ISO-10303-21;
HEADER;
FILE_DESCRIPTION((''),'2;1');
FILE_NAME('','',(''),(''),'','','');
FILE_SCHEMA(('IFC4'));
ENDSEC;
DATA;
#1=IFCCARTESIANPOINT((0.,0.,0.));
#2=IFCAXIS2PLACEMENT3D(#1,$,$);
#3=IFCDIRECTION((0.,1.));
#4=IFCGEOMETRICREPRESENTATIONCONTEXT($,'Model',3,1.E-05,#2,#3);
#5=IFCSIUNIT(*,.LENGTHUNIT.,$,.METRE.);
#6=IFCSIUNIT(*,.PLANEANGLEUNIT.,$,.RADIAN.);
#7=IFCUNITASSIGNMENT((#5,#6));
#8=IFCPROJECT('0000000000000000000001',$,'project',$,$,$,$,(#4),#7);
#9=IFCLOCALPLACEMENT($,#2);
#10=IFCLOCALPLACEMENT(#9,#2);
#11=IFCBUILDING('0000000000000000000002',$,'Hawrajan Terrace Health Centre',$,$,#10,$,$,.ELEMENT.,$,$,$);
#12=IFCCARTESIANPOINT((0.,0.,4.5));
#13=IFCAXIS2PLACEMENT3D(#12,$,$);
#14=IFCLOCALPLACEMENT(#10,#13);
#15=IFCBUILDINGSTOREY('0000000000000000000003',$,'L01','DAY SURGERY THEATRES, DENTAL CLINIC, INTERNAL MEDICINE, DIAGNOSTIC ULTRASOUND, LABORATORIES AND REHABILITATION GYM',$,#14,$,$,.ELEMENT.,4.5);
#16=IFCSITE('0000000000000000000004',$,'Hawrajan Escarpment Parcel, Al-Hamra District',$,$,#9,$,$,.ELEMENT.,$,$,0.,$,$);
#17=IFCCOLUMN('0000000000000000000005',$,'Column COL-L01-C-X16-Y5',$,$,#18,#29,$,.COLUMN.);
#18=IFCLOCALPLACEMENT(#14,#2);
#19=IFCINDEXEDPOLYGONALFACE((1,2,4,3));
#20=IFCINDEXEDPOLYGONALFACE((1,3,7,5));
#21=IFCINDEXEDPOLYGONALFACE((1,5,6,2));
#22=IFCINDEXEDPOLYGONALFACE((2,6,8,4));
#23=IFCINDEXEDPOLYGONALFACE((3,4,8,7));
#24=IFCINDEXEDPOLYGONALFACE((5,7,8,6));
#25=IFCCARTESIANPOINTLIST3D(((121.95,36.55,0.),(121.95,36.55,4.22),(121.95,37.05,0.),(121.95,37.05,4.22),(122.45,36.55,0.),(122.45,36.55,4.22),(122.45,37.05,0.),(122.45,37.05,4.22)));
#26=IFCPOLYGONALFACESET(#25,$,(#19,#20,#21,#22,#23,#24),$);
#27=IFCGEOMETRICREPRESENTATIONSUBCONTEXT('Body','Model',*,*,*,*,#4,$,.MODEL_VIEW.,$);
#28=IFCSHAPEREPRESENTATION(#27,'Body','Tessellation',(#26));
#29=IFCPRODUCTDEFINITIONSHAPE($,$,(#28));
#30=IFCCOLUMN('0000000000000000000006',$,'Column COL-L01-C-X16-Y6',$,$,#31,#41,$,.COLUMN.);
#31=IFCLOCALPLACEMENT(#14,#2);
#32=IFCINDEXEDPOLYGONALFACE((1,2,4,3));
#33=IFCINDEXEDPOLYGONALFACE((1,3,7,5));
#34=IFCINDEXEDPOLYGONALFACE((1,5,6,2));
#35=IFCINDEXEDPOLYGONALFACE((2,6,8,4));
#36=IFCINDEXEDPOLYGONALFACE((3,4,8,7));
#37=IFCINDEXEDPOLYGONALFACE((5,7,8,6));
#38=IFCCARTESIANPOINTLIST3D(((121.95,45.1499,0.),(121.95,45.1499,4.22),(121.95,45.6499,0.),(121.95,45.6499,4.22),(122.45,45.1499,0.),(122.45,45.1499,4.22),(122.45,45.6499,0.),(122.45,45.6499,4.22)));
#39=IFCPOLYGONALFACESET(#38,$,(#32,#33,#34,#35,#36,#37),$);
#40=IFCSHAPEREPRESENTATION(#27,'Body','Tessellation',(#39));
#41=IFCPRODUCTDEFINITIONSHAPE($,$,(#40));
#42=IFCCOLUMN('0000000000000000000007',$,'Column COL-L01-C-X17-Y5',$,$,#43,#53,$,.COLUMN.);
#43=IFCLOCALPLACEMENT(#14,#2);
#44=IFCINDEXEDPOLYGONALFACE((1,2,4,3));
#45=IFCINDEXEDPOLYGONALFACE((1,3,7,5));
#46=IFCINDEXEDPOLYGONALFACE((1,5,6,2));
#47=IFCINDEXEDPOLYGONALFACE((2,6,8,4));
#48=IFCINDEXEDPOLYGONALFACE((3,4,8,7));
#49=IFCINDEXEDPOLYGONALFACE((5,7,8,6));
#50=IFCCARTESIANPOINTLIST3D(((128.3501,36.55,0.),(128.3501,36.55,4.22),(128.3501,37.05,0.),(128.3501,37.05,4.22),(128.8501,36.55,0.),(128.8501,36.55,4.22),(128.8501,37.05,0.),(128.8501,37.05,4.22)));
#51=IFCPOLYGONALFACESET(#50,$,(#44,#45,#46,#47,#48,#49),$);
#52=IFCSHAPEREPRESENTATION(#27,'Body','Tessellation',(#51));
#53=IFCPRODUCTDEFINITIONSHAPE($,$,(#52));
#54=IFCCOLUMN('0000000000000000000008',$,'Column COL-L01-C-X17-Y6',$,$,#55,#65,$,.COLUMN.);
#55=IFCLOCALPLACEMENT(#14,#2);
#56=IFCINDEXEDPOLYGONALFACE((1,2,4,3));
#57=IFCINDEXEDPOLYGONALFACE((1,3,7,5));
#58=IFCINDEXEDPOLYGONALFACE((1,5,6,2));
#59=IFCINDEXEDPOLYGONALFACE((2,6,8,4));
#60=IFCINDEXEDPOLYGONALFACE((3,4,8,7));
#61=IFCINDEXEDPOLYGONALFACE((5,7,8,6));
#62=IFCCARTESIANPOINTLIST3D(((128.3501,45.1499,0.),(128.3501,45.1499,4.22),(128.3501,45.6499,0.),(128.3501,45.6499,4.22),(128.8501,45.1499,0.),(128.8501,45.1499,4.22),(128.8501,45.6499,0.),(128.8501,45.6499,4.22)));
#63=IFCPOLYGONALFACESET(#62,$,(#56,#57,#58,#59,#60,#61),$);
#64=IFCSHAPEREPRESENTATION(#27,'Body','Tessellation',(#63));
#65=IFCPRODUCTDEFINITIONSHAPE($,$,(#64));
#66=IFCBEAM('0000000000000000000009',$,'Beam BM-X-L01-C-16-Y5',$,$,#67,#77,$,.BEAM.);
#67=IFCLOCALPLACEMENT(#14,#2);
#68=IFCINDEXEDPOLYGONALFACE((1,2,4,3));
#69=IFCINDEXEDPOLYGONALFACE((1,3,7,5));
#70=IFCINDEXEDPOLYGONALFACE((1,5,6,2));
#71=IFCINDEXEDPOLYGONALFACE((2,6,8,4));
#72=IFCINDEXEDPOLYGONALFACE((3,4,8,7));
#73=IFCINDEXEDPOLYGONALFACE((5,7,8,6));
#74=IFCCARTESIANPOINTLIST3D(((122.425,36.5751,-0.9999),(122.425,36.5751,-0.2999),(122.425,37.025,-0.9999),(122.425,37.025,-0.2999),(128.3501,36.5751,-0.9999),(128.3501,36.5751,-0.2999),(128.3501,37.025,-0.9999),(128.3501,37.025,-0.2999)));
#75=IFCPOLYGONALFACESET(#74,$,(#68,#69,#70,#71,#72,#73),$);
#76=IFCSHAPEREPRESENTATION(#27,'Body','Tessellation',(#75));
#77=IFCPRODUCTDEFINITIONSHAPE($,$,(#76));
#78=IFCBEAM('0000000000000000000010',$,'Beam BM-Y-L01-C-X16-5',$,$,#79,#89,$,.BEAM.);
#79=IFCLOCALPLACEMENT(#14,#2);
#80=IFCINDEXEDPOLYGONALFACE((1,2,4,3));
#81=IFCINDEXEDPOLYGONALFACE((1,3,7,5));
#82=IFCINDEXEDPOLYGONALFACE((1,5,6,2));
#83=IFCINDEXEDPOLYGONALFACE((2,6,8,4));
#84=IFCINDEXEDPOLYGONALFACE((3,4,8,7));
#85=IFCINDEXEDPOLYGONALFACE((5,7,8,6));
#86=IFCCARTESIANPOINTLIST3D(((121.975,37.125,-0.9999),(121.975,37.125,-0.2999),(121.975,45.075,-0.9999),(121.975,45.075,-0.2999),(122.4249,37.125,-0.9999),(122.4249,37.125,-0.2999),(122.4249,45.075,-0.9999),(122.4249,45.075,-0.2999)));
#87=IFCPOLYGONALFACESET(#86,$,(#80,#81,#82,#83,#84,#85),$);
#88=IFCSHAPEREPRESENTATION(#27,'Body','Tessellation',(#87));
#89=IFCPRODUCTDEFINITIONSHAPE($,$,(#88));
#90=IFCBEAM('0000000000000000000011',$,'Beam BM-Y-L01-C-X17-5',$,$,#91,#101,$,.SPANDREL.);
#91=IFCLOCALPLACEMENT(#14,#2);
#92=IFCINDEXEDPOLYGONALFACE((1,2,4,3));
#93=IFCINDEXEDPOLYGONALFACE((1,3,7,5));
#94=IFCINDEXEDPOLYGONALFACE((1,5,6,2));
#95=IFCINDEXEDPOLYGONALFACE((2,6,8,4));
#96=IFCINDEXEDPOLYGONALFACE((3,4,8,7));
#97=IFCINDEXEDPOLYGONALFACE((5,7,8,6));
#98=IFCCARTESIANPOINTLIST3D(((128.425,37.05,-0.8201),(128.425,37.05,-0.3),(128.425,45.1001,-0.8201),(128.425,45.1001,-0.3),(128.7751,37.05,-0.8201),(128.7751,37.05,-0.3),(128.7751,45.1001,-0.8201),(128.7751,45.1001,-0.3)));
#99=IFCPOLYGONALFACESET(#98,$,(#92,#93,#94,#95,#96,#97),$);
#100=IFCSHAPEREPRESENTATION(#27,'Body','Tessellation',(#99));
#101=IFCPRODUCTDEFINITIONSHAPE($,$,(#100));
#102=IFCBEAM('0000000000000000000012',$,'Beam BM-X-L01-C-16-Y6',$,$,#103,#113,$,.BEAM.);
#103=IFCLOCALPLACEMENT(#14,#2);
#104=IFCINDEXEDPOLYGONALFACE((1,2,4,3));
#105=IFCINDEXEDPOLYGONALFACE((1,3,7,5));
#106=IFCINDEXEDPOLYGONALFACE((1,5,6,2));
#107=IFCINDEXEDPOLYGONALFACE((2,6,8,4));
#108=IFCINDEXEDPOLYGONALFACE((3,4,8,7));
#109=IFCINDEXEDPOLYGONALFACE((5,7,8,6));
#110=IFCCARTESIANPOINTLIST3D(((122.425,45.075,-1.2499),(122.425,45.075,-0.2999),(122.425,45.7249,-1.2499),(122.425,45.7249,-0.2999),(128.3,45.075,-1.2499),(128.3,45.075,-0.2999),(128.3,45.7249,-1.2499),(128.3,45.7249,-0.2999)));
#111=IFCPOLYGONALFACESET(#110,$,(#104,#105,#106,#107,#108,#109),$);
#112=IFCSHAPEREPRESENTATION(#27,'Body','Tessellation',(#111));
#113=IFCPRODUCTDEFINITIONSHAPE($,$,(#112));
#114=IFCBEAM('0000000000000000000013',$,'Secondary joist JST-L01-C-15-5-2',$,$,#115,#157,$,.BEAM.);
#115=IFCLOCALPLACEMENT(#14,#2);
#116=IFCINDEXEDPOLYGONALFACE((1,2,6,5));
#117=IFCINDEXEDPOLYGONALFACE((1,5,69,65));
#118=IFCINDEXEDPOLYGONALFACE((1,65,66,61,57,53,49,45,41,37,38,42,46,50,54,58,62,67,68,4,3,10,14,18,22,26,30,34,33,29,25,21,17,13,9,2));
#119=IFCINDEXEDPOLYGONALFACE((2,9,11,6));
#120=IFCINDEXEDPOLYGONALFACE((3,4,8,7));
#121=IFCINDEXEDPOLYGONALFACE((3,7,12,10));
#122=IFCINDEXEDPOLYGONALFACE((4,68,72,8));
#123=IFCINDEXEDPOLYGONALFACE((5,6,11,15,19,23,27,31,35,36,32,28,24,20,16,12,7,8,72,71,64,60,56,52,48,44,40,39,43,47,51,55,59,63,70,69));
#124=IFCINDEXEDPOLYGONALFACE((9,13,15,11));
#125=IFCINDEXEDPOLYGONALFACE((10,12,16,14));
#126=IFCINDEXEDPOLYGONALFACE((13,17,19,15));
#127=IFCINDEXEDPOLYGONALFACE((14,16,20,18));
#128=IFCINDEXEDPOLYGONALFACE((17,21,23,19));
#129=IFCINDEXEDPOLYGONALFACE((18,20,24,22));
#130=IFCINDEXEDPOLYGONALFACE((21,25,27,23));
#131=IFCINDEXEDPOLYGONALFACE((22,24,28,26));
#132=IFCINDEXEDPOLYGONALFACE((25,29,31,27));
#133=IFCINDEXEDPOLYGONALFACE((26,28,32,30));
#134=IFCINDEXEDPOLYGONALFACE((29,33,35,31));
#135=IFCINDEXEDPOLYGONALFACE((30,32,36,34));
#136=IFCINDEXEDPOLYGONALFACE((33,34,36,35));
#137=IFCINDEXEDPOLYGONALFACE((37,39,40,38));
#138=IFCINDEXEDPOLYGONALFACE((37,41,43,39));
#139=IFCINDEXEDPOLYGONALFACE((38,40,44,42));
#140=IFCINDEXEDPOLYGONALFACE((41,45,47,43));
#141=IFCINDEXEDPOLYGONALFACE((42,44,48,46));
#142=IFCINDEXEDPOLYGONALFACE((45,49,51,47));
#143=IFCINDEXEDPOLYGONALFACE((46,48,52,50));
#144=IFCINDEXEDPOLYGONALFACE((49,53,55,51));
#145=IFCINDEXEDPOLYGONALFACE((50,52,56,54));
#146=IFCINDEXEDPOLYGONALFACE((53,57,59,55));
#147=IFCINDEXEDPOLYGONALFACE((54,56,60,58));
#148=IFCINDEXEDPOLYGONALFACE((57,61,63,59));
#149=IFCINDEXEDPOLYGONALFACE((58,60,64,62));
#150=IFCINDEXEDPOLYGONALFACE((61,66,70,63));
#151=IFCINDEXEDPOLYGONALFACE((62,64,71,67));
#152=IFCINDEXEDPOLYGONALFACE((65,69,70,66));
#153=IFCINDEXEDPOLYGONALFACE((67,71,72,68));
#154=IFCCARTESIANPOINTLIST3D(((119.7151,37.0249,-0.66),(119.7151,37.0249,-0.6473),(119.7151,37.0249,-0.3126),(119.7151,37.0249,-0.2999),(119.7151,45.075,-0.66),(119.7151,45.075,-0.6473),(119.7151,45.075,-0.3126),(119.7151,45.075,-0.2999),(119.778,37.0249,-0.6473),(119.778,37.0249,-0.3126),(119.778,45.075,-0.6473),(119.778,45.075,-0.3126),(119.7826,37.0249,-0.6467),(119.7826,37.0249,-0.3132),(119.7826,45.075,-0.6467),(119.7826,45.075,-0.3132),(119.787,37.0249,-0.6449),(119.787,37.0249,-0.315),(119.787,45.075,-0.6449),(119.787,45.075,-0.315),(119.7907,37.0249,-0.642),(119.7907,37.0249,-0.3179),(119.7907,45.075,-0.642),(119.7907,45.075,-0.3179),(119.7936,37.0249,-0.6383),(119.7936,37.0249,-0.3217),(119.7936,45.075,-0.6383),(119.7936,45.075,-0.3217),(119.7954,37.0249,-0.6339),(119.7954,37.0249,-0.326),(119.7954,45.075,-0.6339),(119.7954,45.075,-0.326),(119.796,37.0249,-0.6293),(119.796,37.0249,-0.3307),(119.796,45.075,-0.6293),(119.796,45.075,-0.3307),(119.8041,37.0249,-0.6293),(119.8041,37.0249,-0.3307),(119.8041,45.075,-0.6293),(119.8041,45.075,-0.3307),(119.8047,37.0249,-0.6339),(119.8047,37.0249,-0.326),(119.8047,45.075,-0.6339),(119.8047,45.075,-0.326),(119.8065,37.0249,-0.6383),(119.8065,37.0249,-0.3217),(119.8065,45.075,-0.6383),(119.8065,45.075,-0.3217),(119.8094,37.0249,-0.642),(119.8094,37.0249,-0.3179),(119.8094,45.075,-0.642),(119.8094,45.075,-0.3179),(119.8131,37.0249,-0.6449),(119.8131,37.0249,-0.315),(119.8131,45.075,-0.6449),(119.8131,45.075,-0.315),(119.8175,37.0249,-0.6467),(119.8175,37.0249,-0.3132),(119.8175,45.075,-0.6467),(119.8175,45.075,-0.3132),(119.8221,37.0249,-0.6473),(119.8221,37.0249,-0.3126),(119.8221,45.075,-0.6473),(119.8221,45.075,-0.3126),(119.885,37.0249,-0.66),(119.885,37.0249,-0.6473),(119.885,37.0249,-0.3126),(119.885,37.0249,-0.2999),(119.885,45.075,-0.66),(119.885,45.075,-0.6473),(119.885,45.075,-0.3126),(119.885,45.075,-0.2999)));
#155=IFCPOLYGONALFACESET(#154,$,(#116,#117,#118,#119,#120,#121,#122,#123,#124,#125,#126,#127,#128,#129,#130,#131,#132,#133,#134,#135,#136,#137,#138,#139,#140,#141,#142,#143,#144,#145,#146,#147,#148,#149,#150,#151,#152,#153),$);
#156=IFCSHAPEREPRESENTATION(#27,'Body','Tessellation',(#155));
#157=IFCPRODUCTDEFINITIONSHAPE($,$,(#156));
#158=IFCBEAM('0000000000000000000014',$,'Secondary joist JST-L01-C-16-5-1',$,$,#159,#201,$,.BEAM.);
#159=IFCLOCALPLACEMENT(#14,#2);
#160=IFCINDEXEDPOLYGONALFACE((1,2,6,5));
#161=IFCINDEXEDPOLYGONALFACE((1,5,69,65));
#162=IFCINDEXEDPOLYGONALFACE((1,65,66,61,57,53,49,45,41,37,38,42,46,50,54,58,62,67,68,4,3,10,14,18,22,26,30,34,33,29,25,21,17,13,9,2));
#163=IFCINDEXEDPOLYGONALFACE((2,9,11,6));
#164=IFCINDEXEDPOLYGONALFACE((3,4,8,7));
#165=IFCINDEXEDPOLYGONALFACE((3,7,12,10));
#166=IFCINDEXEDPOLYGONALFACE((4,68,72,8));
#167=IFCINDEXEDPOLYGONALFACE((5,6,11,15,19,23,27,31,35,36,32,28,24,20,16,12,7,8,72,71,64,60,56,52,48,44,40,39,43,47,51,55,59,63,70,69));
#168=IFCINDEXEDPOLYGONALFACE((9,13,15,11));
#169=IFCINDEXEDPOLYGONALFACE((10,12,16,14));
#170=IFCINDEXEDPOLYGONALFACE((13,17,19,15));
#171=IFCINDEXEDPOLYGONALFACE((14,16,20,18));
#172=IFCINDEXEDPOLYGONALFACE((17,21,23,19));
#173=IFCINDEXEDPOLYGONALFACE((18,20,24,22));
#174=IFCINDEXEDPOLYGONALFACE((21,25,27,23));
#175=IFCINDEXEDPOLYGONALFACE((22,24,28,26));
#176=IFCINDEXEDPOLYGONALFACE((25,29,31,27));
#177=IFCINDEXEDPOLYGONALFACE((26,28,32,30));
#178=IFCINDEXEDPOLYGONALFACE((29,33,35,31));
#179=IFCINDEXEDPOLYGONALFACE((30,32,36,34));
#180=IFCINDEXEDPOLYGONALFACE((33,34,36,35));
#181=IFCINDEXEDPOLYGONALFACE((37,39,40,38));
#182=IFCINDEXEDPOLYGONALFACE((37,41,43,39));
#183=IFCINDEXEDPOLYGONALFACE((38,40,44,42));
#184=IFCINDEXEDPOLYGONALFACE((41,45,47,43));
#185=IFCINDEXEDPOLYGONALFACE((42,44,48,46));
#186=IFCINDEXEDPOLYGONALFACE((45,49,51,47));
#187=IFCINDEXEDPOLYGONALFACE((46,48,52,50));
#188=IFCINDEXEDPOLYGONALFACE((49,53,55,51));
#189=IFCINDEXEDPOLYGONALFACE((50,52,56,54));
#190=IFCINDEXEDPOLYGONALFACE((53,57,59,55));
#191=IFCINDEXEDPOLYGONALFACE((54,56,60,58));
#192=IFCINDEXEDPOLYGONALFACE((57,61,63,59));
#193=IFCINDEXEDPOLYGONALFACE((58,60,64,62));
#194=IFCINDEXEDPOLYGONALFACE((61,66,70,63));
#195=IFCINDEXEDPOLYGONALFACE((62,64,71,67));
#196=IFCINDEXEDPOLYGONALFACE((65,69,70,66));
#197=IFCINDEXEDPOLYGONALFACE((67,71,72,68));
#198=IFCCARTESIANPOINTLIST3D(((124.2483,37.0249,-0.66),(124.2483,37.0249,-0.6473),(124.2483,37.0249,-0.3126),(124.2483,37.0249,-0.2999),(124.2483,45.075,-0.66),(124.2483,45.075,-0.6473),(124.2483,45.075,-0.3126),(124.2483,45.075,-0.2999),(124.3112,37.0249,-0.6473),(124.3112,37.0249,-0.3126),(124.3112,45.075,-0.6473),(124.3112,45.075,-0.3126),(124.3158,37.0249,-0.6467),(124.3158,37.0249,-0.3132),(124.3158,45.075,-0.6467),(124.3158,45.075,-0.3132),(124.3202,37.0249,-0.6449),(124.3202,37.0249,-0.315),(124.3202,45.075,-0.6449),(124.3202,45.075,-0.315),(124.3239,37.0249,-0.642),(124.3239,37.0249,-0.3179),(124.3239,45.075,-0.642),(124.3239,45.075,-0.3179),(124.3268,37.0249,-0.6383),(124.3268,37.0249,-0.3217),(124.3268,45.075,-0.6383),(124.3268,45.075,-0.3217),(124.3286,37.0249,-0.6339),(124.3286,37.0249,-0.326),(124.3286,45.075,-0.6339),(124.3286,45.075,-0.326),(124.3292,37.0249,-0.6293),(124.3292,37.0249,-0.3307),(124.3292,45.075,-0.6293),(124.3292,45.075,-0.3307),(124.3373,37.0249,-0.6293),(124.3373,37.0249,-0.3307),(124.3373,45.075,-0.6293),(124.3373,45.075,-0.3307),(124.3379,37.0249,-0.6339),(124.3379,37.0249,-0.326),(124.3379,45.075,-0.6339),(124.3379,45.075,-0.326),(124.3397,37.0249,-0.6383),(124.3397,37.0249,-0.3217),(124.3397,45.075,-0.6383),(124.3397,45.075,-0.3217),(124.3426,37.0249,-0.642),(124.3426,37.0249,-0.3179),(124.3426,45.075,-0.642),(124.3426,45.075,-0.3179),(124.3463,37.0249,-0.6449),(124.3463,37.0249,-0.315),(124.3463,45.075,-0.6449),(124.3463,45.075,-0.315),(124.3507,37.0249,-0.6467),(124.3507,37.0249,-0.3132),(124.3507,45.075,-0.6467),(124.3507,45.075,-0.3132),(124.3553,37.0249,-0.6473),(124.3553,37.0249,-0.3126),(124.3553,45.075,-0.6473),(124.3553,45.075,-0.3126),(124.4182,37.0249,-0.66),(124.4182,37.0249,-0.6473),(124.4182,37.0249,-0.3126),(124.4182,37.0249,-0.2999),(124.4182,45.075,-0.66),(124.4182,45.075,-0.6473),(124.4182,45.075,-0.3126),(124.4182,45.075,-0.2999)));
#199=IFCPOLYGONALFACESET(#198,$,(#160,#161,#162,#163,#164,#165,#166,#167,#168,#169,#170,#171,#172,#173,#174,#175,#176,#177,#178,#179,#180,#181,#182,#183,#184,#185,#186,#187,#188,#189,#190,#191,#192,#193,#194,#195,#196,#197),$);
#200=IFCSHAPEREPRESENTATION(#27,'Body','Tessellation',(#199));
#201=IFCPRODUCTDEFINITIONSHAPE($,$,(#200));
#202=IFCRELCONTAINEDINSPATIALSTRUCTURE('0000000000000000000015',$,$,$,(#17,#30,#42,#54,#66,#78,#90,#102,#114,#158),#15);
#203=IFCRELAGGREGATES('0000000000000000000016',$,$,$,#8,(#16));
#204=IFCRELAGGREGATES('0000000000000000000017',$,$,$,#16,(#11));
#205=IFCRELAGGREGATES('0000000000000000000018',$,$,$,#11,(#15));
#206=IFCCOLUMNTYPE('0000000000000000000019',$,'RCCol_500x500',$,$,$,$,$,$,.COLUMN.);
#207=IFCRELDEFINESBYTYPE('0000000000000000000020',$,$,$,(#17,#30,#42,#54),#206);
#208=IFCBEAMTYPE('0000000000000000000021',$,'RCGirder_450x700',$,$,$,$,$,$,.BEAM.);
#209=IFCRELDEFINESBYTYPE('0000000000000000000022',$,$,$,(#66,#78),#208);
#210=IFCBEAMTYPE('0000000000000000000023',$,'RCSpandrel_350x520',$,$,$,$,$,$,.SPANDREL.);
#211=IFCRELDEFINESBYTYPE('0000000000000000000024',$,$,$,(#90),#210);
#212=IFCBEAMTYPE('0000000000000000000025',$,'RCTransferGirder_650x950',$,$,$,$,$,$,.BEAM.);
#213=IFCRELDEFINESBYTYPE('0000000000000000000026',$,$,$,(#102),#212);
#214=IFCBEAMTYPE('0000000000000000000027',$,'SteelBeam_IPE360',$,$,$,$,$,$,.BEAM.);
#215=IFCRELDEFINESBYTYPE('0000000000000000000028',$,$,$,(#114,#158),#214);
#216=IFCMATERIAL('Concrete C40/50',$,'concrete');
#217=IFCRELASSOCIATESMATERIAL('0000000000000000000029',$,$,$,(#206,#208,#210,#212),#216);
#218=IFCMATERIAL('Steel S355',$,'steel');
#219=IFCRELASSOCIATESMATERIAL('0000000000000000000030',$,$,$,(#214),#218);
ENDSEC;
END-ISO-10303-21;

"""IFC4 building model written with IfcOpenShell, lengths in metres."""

from ifc_helpers import new_model, si_unit, direction, frame, origin, origin_2d, place, context, subcontext, project, spatial, rectangle, i_section, extrude, material, material_profile, profile_set, type_object, element, save


model = new_model("IFC4")

# Units and contexts
model_context = context("Model", 3, precision=1e-05, world=origin(), true_north=direction((0.0, 1.0)))
body_context = subcontext(model_context, "Body", "Model", "MODEL_VIEW")
ifc_project = project(units=[si_unit("LENGTHUNIT", "METRE"), si_unit("PLANEANGLEUNIT", "RADIAN")], contexts=[model_context])

# Site, building, storey
site_placement = place(None, origin())
site = spatial("IfcSite", under=ifc_project, at=site_placement, Name="Hawrajan Escarpment Parcel, Al-Hamra District", CompositionType="ELEMENT", RefElevation=0.0)
building_placement = place(site_placement, origin())
building = spatial("IfcBuilding", under=site, at=building_placement, Name="Hawrajan Terrace Health Centre", CompositionType="ELEMENT")
storey_placement = place(building_placement, frame((0.0, 0.0, 4.5)))
storey = spatial("IfcBuildingStorey", under=building, at=storey_placement, Name="L01", Description="DAY SURGERY THEATRES, DENTAL CLINIC, INTERNAL MEDICINE, DIAGNOSTIC ULTRASOUND, LABORATORIES AND REHABILITATION GYM", CompositionType="ELEMENT", Elevation=4.5)

# Columns
ifc_material_1 = material(Name="Concrete C40/50", Category="concrete")
ifc_material_profile_1 = material_profile(ifc_material_1, rectangle(XDim=0.5, YDim=0.5, at=origin_2d()), Name="RC 500x500")
ifc_profile_set_1 = profile_set([ifc_material_profile_1], Name="Concrete C40/50")
column_type = type_object("IfcColumnType", Name="RCCol_500x500", PredefinedType="COLUMN", material=ifc_profile_set_1)
for number, where, z_axis, x_axis, name in (
    (1, (122.2, 36.8, 0.0), (0.0, 0.0, 1.0), (1.0, 0.0, 0.0), "Column COL-L01-C-X16-Y5"),
    (2, (122.2, 45.3999, 0.0), (0.0, 0.0, 1.0), (1.0, 0.0, 0.0), "Column COL-L01-C-X16-Y6"),
    (3, (128.6001, 36.8, 0.0), (0.0, 0.0, 1.0), (1.0, 0.0, 0.0), "Column COL-L01-C-X17-Y5"),
    (4, (128.6001, 45.3999, 0.0), (0.0, 0.0, 1.0), (1.0, 0.0, 0.0), "Column COL-L01-C-X17-Y6"),
):
    element("IfcColumn", number, at=place(storey_placement, frame(where, z_axis=z_axis, x_axis=x_axis)), inside=storey, type_object=column_type, Name=name, PredefinedType="COLUMN", context=body_context, shape_type="SweptSolid", body=[
        extrude(rectangle(XDim=0.5, YDim=0.5, at=origin_2d()), origin(), (0.0, 0.0, 1.0), 4.22),
    ])

# Beams
ifc_material_profile_2 = material_profile(ifc_material_1, rectangle(XDim=0.45, YDim=0.7, at=origin_2d()), Name="RC BM 450x700")
ifc_profile_set_2 = profile_set([ifc_material_profile_2], Name="Concrete C40/50")
beam_type_1 = type_object("IfcBeamType", Name="RCGirder_450x700", PredefinedType="BEAM", material=ifc_profile_set_2)
beam_1_placement = place(storey_placement, frame((122.425, 36.8, -0.6499), z_axis=(1.0, 0.0, 0.0), x_axis=(0.0, 1.0, 0.0)))
element("IfcBeam", 5, at=beam_1_placement, inside=storey, type_object=beam_type_1, Name="Beam BM-X-L01-C-16-Y5", PredefinedType="BEAM", context=body_context, shape_type="SweptSolid", body=[
    extrude(rectangle(XDim=0.45, YDim=0.7, at=origin_2d()), origin(), (0.0, 0.0, 1.0), 5.925),
])
beam_2_placement = place(storey_placement, frame((122.2, 37.125, -0.6499), z_axis=(0.0, 1.0, 0.0), x_axis=(-1.0, 0.0, 0.0)))
element("IfcBeam", 6, at=beam_2_placement, inside=storey, type_object=beam_type_1, Name="Beam BM-Y-L01-C-X16-5", PredefinedType="BEAM", context=body_context, shape_type="SweptSolid", body=[
    extrude(rectangle(XDim=0.45, YDim=0.7, at=origin_2d()), origin(), (0.0, 0.0, 1.0), 7.95),
])
ifc_material_profile_3 = material_profile(ifc_material_1, rectangle(XDim=0.3501, YDim=0.52, at=origin_2d()), Name="RC SP 350x520")
ifc_profile_set_3 = profile_set([ifc_material_profile_3], Name="Concrete C40/50")
beam_type_2 = type_object("IfcBeamType", Name="RCSpandrel_350x520", PredefinedType="SPANDREL", material=ifc_profile_set_3)
beam_3_placement = place(storey_placement, frame((128.6001, 37.05, -0.5601), z_axis=(0.0, 1.0, 0.0), x_axis=(-1.0, 0.0, 0.0)))
element("IfcBeam", 7, at=beam_3_placement, inside=storey, type_object=beam_type_2, Name="Beam BM-Y-L01-C-X17-5", PredefinedType="SPANDREL", context=body_context, shape_type="SweptSolid", body=[
    extrude(rectangle(XDim=0.3501, YDim=0.52, at=origin_2d()), origin(), (0.0, 0.0, 1.0), 8.05),
])
ifc_material_profile_4 = material_profile(ifc_material_1, rectangle(XDim=0.6499, YDim=0.95, at=origin_2d()), Name="RC TG 650x950")
ifc_profile_set_4 = profile_set([ifc_material_profile_4], Name="Concrete C40/50")
beam_type_3 = type_object("IfcBeamType", Name="RCTransferGirder_650x950", PredefinedType="BEAM", material=ifc_profile_set_4)
beam_4_placement = place(storey_placement, frame((122.425, 45.3999, -0.7749), z_axis=(1.0, 0.0, 0.0), x_axis=(0.0, 1.0, 0.0)))
element("IfcBeam", 8, at=beam_4_placement, inside=storey, type_object=beam_type_3, Name="Beam BM-X-L01-C-16-Y6", PredefinedType="BEAM", context=body_context, shape_type="SweptSolid", body=[
    extrude(rectangle(XDim=0.6499, YDim=0.95, at=origin_2d()), origin(), (0.0, 0.0, 1.0), 5.875),
])
ifc_material_2 = material(Name="Steel S355", Category="steel")
ifc_material_profile_5 = material_profile(ifc_material_2, i_section(OverallWidth=0.1699, OverallDepth=0.3601, WebThickness=0.0081, FlangeThickness=0.0127, FilletRadius=0.0181, at=origin_2d()), Name="IPE 360")
ifc_profile_set_5 = profile_set([ifc_material_profile_5], Name="Steel S355")
beam_type_4 = type_object("IfcBeamType", Name="SteelBeam_IPE360", PredefinedType="BEAM", material=ifc_profile_set_5)
for number, where, z_axis, x_axis, name in (
    (9, (119.8, 37.0249, -0.48), (0.0, 1.0, 0.0), (-1.0, 0.0, 0.0), "Secondary joist JST-L01-C-15-5-2"),
    (10, (124.3333, 37.0249, -0.48), (0.0, 1.0, 0.0), (-1.0, 0.0, 0.0), "Secondary joist JST-L01-C-16-5-1"),
):
    element("IfcBeam", number, at=place(storey_placement, frame(where, z_axis=z_axis, x_axis=x_axis)), inside=storey, type_object=beam_type_4, Name=name, PredefinedType="BEAM", context=body_context, shape_type="SweptSolid", body=[
        extrude(i_section(OverallWidth=0.1699, OverallDepth=0.3601, WebThickness=0.0081, FlangeThickness=0.0127, FilletRadius=0.0181, at=origin_2d()), origin(), (0.0, 0.0, 1.0), 8.05),
    ])

save(model, "model.ifc")
